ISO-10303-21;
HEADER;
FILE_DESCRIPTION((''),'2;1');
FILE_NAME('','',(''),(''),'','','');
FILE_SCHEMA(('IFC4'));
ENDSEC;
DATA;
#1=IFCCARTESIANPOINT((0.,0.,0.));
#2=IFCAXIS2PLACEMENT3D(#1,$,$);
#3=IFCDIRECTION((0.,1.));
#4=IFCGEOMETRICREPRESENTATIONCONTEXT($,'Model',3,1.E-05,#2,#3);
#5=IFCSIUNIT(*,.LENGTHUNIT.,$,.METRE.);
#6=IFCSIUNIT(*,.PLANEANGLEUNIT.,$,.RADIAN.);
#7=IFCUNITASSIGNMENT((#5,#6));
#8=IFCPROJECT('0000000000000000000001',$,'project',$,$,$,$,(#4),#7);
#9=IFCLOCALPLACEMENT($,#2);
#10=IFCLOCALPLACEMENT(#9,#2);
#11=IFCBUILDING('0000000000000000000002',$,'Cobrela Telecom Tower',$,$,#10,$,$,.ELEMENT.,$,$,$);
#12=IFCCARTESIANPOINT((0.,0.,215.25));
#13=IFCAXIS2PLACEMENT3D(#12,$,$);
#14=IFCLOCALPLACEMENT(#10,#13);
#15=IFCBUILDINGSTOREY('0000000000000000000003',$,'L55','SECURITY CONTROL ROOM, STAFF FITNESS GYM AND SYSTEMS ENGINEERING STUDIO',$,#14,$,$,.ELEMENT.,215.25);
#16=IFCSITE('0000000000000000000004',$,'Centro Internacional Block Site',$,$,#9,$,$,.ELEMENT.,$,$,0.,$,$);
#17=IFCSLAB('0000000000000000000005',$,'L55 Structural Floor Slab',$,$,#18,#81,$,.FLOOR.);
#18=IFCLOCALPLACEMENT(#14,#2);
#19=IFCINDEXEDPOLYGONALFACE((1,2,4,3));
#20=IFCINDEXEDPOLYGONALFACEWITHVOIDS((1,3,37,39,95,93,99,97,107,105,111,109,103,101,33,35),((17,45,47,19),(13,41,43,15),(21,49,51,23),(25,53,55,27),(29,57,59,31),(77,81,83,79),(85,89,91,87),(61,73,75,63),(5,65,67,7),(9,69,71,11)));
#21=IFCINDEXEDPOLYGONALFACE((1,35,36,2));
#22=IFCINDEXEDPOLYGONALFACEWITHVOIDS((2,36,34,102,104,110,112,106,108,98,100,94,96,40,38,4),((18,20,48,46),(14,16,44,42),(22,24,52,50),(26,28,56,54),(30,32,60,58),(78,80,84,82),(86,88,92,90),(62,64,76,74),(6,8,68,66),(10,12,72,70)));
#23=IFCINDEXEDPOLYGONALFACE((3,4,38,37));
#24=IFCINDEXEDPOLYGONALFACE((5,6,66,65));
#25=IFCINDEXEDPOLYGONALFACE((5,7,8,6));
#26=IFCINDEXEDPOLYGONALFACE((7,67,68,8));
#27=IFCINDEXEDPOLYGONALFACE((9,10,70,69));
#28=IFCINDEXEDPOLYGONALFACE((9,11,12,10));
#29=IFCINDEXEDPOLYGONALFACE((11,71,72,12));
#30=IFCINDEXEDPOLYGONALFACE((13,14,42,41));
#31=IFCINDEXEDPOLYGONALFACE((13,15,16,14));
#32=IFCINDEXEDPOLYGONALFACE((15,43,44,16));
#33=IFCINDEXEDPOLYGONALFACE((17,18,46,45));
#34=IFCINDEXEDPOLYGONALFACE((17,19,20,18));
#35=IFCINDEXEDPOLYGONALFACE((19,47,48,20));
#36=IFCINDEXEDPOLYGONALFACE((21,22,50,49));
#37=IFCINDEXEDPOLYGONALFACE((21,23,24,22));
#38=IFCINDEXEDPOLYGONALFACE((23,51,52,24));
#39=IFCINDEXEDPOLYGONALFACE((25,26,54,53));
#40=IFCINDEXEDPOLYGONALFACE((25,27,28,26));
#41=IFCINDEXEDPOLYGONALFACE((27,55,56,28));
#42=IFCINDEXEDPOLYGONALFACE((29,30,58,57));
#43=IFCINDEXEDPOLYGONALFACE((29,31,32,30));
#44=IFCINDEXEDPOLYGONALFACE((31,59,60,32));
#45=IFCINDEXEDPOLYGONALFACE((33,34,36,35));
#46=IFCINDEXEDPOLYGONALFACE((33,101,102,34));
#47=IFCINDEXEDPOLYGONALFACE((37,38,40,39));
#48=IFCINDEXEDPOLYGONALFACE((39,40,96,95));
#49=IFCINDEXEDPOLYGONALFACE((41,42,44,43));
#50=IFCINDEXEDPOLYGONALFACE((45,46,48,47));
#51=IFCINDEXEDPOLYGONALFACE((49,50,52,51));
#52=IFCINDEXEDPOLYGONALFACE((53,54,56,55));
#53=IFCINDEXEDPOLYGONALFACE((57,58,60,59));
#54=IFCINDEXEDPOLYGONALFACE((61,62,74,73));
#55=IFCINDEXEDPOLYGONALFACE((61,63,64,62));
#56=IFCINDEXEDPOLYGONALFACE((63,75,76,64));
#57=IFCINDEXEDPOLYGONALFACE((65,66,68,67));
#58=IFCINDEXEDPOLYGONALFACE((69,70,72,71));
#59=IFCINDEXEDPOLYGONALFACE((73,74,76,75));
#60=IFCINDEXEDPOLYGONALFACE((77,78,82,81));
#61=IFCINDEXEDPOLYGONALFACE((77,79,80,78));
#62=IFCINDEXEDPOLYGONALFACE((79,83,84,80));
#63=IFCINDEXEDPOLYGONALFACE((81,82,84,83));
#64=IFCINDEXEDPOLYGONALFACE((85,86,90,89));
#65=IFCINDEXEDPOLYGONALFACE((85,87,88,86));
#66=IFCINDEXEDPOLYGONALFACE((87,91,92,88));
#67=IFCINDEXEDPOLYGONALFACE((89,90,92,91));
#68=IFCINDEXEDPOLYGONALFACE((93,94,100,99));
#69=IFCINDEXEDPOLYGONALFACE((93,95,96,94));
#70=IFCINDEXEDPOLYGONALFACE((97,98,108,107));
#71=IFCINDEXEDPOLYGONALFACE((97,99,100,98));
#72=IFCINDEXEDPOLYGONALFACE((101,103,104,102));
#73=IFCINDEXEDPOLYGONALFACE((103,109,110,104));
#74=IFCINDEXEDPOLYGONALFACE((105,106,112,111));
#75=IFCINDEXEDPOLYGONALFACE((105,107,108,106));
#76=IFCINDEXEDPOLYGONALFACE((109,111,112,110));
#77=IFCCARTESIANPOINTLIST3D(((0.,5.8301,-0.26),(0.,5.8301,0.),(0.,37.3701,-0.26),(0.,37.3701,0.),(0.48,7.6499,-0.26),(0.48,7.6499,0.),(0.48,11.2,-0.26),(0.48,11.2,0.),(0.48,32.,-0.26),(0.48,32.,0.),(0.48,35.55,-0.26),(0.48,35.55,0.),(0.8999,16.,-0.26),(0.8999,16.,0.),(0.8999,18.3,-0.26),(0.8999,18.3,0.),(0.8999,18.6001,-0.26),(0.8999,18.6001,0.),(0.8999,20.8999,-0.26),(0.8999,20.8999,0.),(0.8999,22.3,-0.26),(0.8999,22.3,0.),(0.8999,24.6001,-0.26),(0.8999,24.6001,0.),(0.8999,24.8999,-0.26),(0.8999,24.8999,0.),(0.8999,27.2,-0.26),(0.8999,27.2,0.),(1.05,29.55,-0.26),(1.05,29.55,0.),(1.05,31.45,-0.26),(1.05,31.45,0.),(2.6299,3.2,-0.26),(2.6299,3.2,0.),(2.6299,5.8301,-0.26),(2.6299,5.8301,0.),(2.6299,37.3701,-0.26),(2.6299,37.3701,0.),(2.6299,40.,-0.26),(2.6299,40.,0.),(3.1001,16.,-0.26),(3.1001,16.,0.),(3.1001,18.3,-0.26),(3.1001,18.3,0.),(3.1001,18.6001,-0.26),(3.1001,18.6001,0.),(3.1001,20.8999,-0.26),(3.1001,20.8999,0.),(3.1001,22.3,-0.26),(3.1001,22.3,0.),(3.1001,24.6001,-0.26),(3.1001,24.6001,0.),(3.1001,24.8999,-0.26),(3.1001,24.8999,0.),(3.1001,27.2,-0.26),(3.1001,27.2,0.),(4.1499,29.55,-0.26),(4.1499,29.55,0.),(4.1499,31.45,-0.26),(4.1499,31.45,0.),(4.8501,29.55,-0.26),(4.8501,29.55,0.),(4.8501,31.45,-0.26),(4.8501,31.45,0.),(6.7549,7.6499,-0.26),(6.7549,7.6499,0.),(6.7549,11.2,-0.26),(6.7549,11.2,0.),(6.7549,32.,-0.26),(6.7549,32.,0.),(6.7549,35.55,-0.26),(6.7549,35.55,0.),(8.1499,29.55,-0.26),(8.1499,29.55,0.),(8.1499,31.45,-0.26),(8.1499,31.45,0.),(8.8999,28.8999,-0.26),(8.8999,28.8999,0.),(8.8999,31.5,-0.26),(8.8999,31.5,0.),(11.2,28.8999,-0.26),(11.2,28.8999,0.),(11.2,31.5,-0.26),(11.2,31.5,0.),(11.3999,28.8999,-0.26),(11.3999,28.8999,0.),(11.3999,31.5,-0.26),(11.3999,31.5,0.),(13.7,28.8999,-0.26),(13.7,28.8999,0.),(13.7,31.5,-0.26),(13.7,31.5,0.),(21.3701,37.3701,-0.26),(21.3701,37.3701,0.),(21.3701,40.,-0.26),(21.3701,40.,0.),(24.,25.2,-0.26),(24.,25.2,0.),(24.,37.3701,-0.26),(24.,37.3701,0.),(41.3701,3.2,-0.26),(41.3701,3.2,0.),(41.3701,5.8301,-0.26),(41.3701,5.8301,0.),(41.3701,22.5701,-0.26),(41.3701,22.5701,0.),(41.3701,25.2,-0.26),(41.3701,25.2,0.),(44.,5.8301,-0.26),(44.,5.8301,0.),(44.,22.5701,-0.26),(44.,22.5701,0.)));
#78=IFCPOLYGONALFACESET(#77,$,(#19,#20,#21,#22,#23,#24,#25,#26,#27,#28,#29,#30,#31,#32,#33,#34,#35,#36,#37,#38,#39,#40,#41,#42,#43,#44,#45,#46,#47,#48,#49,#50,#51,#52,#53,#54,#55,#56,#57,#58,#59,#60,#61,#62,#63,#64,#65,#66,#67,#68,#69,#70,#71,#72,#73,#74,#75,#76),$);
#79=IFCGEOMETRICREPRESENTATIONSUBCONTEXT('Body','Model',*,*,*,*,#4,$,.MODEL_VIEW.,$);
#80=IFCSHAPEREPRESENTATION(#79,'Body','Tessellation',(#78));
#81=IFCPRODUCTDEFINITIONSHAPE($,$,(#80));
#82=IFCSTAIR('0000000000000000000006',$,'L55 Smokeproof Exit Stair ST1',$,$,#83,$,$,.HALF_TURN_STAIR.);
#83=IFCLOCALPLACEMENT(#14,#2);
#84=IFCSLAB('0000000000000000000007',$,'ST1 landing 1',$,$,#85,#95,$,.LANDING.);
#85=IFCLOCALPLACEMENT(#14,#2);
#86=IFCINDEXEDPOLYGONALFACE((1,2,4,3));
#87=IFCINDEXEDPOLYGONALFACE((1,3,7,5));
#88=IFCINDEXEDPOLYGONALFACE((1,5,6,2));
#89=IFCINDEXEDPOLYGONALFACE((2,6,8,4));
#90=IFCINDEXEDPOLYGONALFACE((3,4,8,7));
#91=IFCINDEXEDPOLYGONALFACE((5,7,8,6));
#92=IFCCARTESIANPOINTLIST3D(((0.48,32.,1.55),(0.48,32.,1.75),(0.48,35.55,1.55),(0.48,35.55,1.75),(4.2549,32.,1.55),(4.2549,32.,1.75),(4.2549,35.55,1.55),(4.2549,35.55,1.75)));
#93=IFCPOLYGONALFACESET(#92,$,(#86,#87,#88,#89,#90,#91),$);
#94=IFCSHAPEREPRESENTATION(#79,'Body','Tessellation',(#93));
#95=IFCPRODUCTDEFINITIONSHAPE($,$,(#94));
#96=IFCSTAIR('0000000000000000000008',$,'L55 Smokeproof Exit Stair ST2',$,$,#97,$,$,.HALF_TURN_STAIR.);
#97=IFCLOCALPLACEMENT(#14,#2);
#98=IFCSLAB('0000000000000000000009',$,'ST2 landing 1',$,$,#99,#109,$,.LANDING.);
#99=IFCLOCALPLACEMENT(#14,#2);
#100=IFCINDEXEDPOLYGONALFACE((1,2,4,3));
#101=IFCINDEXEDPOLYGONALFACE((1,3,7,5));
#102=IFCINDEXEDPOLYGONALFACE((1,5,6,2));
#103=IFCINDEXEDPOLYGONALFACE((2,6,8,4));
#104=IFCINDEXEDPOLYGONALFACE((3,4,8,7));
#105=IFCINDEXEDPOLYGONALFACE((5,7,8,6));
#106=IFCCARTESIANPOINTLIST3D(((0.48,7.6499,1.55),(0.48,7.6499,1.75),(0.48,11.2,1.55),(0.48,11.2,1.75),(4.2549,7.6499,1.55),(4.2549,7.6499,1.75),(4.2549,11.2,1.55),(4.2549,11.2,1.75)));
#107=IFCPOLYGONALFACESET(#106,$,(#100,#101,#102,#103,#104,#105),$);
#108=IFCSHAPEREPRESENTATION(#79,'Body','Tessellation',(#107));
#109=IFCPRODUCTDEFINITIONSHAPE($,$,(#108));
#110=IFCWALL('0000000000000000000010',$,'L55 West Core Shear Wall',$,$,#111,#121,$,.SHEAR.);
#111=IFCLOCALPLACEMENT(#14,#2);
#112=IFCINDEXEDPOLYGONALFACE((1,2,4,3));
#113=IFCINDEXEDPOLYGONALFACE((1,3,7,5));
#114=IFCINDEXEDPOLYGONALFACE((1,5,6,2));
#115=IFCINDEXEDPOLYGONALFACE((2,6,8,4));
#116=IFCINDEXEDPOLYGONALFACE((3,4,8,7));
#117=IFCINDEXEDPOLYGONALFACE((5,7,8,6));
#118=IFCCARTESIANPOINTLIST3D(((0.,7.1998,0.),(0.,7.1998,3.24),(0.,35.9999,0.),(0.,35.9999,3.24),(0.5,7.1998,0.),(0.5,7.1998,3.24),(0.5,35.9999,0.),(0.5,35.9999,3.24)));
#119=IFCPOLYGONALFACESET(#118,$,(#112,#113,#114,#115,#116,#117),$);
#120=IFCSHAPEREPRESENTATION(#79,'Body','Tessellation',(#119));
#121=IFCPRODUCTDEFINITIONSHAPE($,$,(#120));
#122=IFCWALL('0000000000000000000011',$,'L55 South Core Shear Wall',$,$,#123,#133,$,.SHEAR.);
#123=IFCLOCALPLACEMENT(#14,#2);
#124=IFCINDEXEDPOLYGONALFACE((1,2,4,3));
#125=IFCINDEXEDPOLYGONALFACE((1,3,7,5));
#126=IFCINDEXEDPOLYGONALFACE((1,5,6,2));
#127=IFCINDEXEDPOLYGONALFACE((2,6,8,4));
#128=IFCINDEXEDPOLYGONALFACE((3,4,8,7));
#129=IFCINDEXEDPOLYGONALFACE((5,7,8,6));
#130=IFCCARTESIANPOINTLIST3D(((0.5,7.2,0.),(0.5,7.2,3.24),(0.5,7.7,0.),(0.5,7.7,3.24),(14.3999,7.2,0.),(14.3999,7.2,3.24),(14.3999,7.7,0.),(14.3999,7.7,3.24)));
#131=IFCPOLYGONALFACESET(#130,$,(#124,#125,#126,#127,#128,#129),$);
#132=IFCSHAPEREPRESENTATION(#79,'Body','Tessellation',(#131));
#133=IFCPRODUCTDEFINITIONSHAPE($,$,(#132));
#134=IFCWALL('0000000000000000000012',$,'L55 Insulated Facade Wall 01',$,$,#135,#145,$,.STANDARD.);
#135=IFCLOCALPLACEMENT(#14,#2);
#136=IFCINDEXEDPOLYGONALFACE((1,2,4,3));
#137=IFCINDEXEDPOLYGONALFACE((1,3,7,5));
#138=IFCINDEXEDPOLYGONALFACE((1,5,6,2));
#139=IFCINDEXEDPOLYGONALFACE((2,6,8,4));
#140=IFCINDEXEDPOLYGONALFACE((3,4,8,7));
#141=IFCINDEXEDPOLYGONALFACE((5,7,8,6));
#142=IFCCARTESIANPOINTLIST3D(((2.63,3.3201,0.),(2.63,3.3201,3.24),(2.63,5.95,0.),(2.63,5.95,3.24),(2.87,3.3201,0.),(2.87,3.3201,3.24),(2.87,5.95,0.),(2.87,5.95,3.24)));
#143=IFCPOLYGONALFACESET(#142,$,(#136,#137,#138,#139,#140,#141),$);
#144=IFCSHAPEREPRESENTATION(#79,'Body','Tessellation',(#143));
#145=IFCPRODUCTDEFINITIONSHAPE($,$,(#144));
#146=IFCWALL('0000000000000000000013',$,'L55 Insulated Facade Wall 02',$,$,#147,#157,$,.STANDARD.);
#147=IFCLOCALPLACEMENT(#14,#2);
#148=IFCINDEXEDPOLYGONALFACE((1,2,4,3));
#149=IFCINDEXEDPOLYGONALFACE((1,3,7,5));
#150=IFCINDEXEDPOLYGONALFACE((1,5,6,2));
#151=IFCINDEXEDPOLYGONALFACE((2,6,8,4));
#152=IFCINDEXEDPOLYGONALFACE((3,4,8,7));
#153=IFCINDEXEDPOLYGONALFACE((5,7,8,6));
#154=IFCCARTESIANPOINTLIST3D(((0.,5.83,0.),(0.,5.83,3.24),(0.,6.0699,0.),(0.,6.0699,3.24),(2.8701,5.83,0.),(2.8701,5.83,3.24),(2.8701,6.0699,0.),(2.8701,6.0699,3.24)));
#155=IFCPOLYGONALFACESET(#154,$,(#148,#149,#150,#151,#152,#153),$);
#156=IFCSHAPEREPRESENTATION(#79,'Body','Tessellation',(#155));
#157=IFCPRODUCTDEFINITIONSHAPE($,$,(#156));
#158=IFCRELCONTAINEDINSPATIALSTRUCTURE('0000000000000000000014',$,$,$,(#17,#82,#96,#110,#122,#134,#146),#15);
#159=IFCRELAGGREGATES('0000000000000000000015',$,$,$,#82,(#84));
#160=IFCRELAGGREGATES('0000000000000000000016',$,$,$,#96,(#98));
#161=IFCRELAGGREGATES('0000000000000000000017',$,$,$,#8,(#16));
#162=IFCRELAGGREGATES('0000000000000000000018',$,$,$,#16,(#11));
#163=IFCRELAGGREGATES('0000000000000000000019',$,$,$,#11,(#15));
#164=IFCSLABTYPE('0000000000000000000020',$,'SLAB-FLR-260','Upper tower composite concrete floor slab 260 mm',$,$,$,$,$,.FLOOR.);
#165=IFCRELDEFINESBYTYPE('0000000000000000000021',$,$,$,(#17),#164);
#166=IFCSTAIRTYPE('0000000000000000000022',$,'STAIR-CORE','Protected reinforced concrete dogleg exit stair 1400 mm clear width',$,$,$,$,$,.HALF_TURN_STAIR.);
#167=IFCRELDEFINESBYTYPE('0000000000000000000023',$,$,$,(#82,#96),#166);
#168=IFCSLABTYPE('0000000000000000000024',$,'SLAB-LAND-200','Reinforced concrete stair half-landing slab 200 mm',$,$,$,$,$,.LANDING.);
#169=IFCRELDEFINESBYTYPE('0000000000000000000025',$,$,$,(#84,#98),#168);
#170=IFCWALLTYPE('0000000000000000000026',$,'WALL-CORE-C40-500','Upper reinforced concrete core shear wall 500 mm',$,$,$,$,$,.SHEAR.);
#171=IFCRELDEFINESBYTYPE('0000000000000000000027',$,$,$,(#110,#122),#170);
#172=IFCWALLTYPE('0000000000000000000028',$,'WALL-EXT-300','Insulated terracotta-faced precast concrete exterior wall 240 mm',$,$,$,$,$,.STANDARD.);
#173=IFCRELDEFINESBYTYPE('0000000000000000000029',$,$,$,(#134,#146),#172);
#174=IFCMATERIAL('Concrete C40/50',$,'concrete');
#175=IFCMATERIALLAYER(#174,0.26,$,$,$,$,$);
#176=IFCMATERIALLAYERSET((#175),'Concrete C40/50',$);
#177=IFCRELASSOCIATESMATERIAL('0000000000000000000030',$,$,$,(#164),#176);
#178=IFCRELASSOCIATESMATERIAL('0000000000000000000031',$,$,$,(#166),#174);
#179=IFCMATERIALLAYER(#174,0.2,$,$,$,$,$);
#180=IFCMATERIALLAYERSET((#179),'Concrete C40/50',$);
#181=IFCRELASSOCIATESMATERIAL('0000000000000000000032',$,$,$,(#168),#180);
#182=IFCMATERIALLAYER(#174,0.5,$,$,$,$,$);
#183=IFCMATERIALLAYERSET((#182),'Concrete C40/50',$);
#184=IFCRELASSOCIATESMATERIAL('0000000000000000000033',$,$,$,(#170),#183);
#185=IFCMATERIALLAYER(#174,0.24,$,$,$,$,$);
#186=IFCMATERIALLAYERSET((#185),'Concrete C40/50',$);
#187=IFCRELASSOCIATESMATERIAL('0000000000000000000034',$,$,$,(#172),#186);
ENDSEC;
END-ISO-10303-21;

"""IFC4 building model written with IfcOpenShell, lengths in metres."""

from ifc_helpers import new_model, si_unit, direction, frame, frame_2d, origin, place, context, subcontext, project, spatial, polyline, rectangle, outline, extrude, material, layer, layer_set, type_object, element, aggregate, save


model = new_model("IFC4")

# Units and contexts
model_context = context("Model", 3, precision=1e-05, world=origin(), true_north=direction((0.0, 1.0)))
body_context = subcontext(model_context, "Body", "Model", "MODEL_VIEW")
ifc_project = project(units=[si_unit("LENGTHUNIT", "METRE"), si_unit("PLANEANGLEUNIT", "RADIAN")], contexts=[model_context])

# Site, building, storey
site_placement = place(None, origin())
site = spatial("IfcSite", under=ifc_project, at=site_placement, Name="Centro Internacional Block Site", CompositionType="ELEMENT", RefElevation=0.0)
building_placement = place(site_placement, origin())
building = spatial("IfcBuilding", under=site, at=building_placement, Name="Cobrela Telecom Tower", CompositionType="ELEMENT")
storey_placement = place(building_placement, frame((0.0, 0.0, 215.25)))
storey = spatial("IfcBuildingStorey", under=building, at=storey_placement, Name="L55", Description="SECURITY CONTROL ROOM, STAFF FITNESS GYM AND SYSTEMS ENGINEERING STUDIO", CompositionType="ELEMENT", Elevation=215.25)

# Slab, openings
ifc_material_1 = material(Name="Concrete C40/50", Category="concrete")
ifc_layer_1 = layer(ifc_material_1, 0.26)
ifc_layer_set_1 = layer_set([ifc_layer_1], Name="Concrete C40/50")
slab_type_1 = type_object("IfcSlabType", Name="SLAB-FLR-260", Description="Upper tower composite concrete floor slab 260 mm", PredefinedType="FLOOR", material=ifc_layer_set_1)
slab_1_placement = place(storey_placement, frame((0.0, 0.0, -0.26)))
slab_1 = element("IfcSlab", 1, at=slab_1_placement, inside=storey, type_object=slab_type_1, Name="L55 Structural Floor Slab", PredefinedType="FLOOR", context=body_context, shape_type="SweptSolid", body=[
    extrude(outline(polyline([(2.6299, 3.2), (41.3701, 3.2), (41.3701, 5.8301), (44.0, 5.8301), (44.0, 22.5701), (41.3701, 22.5701), (41.3701, 25.2), (24.0, 25.2), (24.0, 37.3701), (21.3701, 37.3701), (21.3701, 40.0), (2.6299, 40.0), (2.6299, 37.3701), (0.0, 37.3701), (0.0, 5.8301), (2.6299, 5.8301), (2.6299, 3.2)])), origin(), (0.0, 0.0, 1.0), 0.26),
])
opening_1_placement = place(slab_1_placement, frame((0.0, 0.0, -0.02)))
element("IfcOpeningElement", 2, at=opening_1_placement, cuts=slab_1, PredefinedType="OPENING", context=body_context, shape_type="SweptSolid", body=[
    extrude(outline(polyline([(8.8999, 28.8999), (11.2, 28.8999), (11.2, 31.5), (8.8999, 31.5), (8.8999, 28.8999)])), origin(), (0.0, 0.0, 1.0), 0.3),
])
opening_2_placement = place(slab_1_placement, frame((0.0, 0.0, -0.02)))
element("IfcOpeningElement", 3, at=opening_2_placement, cuts=slab_1, PredefinedType="OPENING", context=body_context, shape_type="SweptSolid", body=[
    extrude(outline(polyline([(11.3999, 28.8999), (13.7, 28.8999), (13.7, 31.5), (11.3999, 31.5), (11.3999, 28.8999)])), origin(), (0.0, 0.0, 1.0), 0.3),
])
opening_3_placement = place(slab_1_placement, frame((0.0, 0.0, -0.02)))
element("IfcOpeningElement", 4, at=opening_3_placement, cuts=slab_1, PredefinedType="OPENING", context=body_context, shape_type="SweptSolid", body=[
    extrude(outline(polyline([(0.8999, 16.0), (3.1001, 16.0), (3.1001, 18.3), (0.8999, 18.3), (0.8999, 16.0)])), origin(), (0.0, 0.0, 1.0), 0.3),
])
opening_4_placement = place(slab_1_placement, frame((0.0, 0.0, -0.02)))
element("IfcOpeningElement", 5, at=opening_4_placement, cuts=slab_1, PredefinedType="OPENING", context=body_context, shape_type="SweptSolid", body=[
    extrude(outline(polyline([(0.8999, 18.6001), (3.1001, 18.6001), (3.1001, 20.8999), (0.8999, 20.8999), (0.8999, 18.6001)])), origin(), (0.0, 0.0, 1.0), 0.3),
])
opening_5_placement = place(slab_1_placement, frame((0.0, 0.0, -0.02)))
element("IfcOpeningElement", 6, at=opening_5_placement, cuts=slab_1, PredefinedType="OPENING", context=body_context, shape_type="SweptSolid", body=[
    extrude(outline(polyline([(0.8999, 22.3), (3.1001, 22.3), (3.1001, 24.6001), (0.8999, 24.6001), (0.8999, 22.3)])), origin(), (0.0, 0.0, 1.0), 0.3),
])
opening_6_placement = place(slab_1_placement, frame((0.0, 0.0, -0.02)))
element("IfcOpeningElement", 7, at=opening_6_placement, cuts=slab_1, PredefinedType="OPENING", context=body_context, shape_type="SweptSolid", body=[
    extrude(outline(polyline([(0.8999, 24.8999), (3.1001, 24.8999), (3.1001, 27.2), (0.8999, 27.2), (0.8999, 24.8999)])), origin(), (0.0, 0.0, 1.0), 0.3),
])
opening_7_placement = place(slab_1_placement, frame((0.0, 0.0, -0.02)))
element("IfcOpeningElement", 8, at=opening_7_placement, cuts=slab_1, PredefinedType="OPENING", context=body_context, shape_type="SweptSolid", body=[
    extrude(outline(polyline([(1.05, 29.55), (4.1499, 29.55), (4.1499, 31.45), (1.05, 31.45), (1.05, 29.55)])), origin(), (0.0, 0.0, 1.0), 0.3),
])
opening_8_placement = place(slab_1_placement, frame((0.0, 0.0, -0.02)))
element("IfcOpeningElement", 9, at=opening_8_placement, cuts=slab_1, PredefinedType="OPENING", context=body_context, shape_type="SweptSolid", body=[
    extrude(outline(polyline([(4.8501, 29.55), (8.1499, 29.55), (8.1499, 31.45), (4.8501, 31.45), (4.8501, 29.55)])), origin(), (0.0, 0.0, 1.0), 0.3),
])
opening_9_placement = place(slab_1_placement, frame((0.0, 0.0, -0.02)))
element("IfcOpeningElement", 10, at=opening_9_placement, cuts=slab_1, PredefinedType="OPENING", context=body_context, shape_type="SweptSolid", body=[
    extrude(outline(polyline([(6.7549, 35.55), (0.48, 35.55), (0.48, 32.0), (6.7549, 32.0), (6.7549, 35.55)])), origin(), (0.0, 0.0, 1.0), 0.3),
])
opening_10_placement = place(slab_1_placement, frame((0.0, 0.0, -0.02)))
element("IfcOpeningElement", 11, at=opening_10_placement, cuts=slab_1, PredefinedType="OPENING", context=body_context, shape_type="SweptSolid", body=[
    extrude(outline(polyline([(6.7549, 11.2), (0.48, 11.2), (0.48, 7.6499), (6.7549, 7.6499), (6.7549, 11.2)])), origin(), (0.0, 0.0, 1.0), 0.3),
])

# Stairs, slabs
stair_type = type_object("IfcStairType", Name="STAIR-CORE", Description="Protected reinforced concrete dogleg exit stair 1400 mm clear width", PredefinedType="HALF_TURN_STAIR", material=ifc_material_1)
stair_1_placement = place(storey_placement, origin())
stair_1 = element("IfcStair", 12, at=stair_1_placement, inside=storey, type_object=stair_type, Name="L55 Smokeproof Exit Stair ST1", PredefinedType="HALF_TURN_STAIR")
ifc_layer_2 = layer(ifc_material_1, 0.2)
ifc_layer_set_2 = layer_set([ifc_layer_2], Name="Concrete C40/50")
slab_type_2 = type_object("IfcSlabType", Name="SLAB-LAND-200", Description="Reinforced concrete stair half-landing slab 200 mm", PredefinedType="LANDING", material=ifc_layer_set_2)
slab_2_placement = place(storey_placement, frame((0.0, 0.0, 1.55)))
slab_2 = element("IfcSlab", 13, at=slab_2_placement, type_object=slab_type_2, Name="ST1 landing 1", PredefinedType="LANDING", context=body_context, shape_type="SweptSolid", body=[
    extrude(outline(polyline([(4.2549, 35.55), (0.48, 35.55), (0.48, 32.0), (4.2549, 32.0), (4.2549, 35.55)])), origin(), (0.0, 0.0, 1.0), 0.2),
])
aggregate(stair_1, [slab_2])
stair_2_placement = place(storey_placement, origin())
stair_2 = element("IfcStair", 14, at=stair_2_placement, inside=storey, type_object=stair_type, Name="L55 Smokeproof Exit Stair ST2", PredefinedType="HALF_TURN_STAIR")
slab_3_placement = place(storey_placement, frame((0.0, 0.0, 1.55)))
slab_3 = element("IfcSlab", 15, at=slab_3_placement, type_object=slab_type_2, Name="ST2 landing 1", PredefinedType="LANDING", context=body_context, shape_type="SweptSolid", body=[
    extrude(outline(polyline([(4.2549, 11.2), (0.48, 11.2), (0.48, 7.6499), (4.2549, 7.6499), (4.2549, 11.2)])), origin(), (0.0, 0.0, 1.0), 0.2),
])

# Walls
ifc_layer_3 = layer(ifc_material_1, 0.5)
ifc_layer_set_3 = layer_set([ifc_layer_3], Name="Concrete C40/50")
wall_type_1 = type_object("IfcWallType", Name="WALL-CORE-C40-500", Description="Upper reinforced concrete core shear wall 500 mm", PredefinedType="SHEAR", material=ifc_layer_set_3)
wall_1_placement = place(storey_placement, frame((0.25, 7.2, 0.0), z_axis=(0.0, 0.0, 1.0), x_axis=(0.0, 1.0, 0.0)))
element("IfcWall", 16, at=wall_1_placement, inside=storey, type_object=wall_type_1, Name="L55 West Core Shear Wall", PredefinedType="SHEAR", context=body_context, shape_type="SweptSolid", body=[
    extrude(rectangle(XDim=28.8, YDim=0.5, at=frame_2d((14.3999, 0.0))), origin(), (0.0, 0.0, 1.0), 3.24),
])
wall_2_placement = place(storey_placement, frame((0.5, 7.45, 0.0), z_axis=(0.0, 0.0, 1.0), x_axis=(1.0, 0.0, 0.0)))
element("IfcWall", 17, at=wall_2_placement, inside=storey, type_object=wall_type_1, Name="L55 South Core Shear Wall", PredefinedType="SHEAR", context=body_context, shape_type="SweptSolid", body=[
    extrude(rectangle(XDim=13.8999, YDim=0.5, at=frame_2d((6.95, 0.0))), origin(), (0.0, 0.0, 1.0), 3.24),
])
ifc_layer_4 = layer(ifc_material_1, 0.24)
ifc_layer_set_4 = layer_set([ifc_layer_4], Name="Concrete C40/50")
wall_type_2 = type_object("IfcWallType", Name="WALL-EXT-300", Description="Insulated terracotta-faced precast concrete exterior wall 240 mm", PredefinedType="STANDARD", material=ifc_layer_set_4)
wall_3_placement = place(storey_placement, frame((2.75, 3.3201, 0.0), z_axis=(0.0, 0.0, 1.0), x_axis=(0.0, 1.0, 0.0)))
element("IfcWall", 18, at=wall_3_placement, inside=storey, type_object=wall_type_2, Name="L55 Insulated Facade Wall 01", PredefinedType="STANDARD", context=body_context, shape_type="SweptSolid", body=[
    extrude(rectangle(XDim=2.6299, YDim=0.24, at=frame_2d((1.3149, 0.0))), origin(), (0.0, 0.0, 1.0), 3.24),
])
wall_4_placement = place(storey_placement, frame((2.8701, 5.95, 0.0), z_axis=(0.0, 0.0, 1.0), x_axis=(-1.0, 0.0, 0.0)))
element("IfcWall", 19, at=wall_4_placement, inside=storey, type_object=wall_type_2, Name="L55 Insulated Facade Wall 02", PredefinedType="STANDARD", context=body_context, shape_type="SweptSolid", body=[
    extrude(rectangle(XDim=2.8701, YDim=0.24, at=frame_2d((1.4351, 0.0))), origin(), (0.0, 0.0, 1.0), 3.24),
])

aggregate(stair_2, [slab_3])

save(model, "model.ifc")
